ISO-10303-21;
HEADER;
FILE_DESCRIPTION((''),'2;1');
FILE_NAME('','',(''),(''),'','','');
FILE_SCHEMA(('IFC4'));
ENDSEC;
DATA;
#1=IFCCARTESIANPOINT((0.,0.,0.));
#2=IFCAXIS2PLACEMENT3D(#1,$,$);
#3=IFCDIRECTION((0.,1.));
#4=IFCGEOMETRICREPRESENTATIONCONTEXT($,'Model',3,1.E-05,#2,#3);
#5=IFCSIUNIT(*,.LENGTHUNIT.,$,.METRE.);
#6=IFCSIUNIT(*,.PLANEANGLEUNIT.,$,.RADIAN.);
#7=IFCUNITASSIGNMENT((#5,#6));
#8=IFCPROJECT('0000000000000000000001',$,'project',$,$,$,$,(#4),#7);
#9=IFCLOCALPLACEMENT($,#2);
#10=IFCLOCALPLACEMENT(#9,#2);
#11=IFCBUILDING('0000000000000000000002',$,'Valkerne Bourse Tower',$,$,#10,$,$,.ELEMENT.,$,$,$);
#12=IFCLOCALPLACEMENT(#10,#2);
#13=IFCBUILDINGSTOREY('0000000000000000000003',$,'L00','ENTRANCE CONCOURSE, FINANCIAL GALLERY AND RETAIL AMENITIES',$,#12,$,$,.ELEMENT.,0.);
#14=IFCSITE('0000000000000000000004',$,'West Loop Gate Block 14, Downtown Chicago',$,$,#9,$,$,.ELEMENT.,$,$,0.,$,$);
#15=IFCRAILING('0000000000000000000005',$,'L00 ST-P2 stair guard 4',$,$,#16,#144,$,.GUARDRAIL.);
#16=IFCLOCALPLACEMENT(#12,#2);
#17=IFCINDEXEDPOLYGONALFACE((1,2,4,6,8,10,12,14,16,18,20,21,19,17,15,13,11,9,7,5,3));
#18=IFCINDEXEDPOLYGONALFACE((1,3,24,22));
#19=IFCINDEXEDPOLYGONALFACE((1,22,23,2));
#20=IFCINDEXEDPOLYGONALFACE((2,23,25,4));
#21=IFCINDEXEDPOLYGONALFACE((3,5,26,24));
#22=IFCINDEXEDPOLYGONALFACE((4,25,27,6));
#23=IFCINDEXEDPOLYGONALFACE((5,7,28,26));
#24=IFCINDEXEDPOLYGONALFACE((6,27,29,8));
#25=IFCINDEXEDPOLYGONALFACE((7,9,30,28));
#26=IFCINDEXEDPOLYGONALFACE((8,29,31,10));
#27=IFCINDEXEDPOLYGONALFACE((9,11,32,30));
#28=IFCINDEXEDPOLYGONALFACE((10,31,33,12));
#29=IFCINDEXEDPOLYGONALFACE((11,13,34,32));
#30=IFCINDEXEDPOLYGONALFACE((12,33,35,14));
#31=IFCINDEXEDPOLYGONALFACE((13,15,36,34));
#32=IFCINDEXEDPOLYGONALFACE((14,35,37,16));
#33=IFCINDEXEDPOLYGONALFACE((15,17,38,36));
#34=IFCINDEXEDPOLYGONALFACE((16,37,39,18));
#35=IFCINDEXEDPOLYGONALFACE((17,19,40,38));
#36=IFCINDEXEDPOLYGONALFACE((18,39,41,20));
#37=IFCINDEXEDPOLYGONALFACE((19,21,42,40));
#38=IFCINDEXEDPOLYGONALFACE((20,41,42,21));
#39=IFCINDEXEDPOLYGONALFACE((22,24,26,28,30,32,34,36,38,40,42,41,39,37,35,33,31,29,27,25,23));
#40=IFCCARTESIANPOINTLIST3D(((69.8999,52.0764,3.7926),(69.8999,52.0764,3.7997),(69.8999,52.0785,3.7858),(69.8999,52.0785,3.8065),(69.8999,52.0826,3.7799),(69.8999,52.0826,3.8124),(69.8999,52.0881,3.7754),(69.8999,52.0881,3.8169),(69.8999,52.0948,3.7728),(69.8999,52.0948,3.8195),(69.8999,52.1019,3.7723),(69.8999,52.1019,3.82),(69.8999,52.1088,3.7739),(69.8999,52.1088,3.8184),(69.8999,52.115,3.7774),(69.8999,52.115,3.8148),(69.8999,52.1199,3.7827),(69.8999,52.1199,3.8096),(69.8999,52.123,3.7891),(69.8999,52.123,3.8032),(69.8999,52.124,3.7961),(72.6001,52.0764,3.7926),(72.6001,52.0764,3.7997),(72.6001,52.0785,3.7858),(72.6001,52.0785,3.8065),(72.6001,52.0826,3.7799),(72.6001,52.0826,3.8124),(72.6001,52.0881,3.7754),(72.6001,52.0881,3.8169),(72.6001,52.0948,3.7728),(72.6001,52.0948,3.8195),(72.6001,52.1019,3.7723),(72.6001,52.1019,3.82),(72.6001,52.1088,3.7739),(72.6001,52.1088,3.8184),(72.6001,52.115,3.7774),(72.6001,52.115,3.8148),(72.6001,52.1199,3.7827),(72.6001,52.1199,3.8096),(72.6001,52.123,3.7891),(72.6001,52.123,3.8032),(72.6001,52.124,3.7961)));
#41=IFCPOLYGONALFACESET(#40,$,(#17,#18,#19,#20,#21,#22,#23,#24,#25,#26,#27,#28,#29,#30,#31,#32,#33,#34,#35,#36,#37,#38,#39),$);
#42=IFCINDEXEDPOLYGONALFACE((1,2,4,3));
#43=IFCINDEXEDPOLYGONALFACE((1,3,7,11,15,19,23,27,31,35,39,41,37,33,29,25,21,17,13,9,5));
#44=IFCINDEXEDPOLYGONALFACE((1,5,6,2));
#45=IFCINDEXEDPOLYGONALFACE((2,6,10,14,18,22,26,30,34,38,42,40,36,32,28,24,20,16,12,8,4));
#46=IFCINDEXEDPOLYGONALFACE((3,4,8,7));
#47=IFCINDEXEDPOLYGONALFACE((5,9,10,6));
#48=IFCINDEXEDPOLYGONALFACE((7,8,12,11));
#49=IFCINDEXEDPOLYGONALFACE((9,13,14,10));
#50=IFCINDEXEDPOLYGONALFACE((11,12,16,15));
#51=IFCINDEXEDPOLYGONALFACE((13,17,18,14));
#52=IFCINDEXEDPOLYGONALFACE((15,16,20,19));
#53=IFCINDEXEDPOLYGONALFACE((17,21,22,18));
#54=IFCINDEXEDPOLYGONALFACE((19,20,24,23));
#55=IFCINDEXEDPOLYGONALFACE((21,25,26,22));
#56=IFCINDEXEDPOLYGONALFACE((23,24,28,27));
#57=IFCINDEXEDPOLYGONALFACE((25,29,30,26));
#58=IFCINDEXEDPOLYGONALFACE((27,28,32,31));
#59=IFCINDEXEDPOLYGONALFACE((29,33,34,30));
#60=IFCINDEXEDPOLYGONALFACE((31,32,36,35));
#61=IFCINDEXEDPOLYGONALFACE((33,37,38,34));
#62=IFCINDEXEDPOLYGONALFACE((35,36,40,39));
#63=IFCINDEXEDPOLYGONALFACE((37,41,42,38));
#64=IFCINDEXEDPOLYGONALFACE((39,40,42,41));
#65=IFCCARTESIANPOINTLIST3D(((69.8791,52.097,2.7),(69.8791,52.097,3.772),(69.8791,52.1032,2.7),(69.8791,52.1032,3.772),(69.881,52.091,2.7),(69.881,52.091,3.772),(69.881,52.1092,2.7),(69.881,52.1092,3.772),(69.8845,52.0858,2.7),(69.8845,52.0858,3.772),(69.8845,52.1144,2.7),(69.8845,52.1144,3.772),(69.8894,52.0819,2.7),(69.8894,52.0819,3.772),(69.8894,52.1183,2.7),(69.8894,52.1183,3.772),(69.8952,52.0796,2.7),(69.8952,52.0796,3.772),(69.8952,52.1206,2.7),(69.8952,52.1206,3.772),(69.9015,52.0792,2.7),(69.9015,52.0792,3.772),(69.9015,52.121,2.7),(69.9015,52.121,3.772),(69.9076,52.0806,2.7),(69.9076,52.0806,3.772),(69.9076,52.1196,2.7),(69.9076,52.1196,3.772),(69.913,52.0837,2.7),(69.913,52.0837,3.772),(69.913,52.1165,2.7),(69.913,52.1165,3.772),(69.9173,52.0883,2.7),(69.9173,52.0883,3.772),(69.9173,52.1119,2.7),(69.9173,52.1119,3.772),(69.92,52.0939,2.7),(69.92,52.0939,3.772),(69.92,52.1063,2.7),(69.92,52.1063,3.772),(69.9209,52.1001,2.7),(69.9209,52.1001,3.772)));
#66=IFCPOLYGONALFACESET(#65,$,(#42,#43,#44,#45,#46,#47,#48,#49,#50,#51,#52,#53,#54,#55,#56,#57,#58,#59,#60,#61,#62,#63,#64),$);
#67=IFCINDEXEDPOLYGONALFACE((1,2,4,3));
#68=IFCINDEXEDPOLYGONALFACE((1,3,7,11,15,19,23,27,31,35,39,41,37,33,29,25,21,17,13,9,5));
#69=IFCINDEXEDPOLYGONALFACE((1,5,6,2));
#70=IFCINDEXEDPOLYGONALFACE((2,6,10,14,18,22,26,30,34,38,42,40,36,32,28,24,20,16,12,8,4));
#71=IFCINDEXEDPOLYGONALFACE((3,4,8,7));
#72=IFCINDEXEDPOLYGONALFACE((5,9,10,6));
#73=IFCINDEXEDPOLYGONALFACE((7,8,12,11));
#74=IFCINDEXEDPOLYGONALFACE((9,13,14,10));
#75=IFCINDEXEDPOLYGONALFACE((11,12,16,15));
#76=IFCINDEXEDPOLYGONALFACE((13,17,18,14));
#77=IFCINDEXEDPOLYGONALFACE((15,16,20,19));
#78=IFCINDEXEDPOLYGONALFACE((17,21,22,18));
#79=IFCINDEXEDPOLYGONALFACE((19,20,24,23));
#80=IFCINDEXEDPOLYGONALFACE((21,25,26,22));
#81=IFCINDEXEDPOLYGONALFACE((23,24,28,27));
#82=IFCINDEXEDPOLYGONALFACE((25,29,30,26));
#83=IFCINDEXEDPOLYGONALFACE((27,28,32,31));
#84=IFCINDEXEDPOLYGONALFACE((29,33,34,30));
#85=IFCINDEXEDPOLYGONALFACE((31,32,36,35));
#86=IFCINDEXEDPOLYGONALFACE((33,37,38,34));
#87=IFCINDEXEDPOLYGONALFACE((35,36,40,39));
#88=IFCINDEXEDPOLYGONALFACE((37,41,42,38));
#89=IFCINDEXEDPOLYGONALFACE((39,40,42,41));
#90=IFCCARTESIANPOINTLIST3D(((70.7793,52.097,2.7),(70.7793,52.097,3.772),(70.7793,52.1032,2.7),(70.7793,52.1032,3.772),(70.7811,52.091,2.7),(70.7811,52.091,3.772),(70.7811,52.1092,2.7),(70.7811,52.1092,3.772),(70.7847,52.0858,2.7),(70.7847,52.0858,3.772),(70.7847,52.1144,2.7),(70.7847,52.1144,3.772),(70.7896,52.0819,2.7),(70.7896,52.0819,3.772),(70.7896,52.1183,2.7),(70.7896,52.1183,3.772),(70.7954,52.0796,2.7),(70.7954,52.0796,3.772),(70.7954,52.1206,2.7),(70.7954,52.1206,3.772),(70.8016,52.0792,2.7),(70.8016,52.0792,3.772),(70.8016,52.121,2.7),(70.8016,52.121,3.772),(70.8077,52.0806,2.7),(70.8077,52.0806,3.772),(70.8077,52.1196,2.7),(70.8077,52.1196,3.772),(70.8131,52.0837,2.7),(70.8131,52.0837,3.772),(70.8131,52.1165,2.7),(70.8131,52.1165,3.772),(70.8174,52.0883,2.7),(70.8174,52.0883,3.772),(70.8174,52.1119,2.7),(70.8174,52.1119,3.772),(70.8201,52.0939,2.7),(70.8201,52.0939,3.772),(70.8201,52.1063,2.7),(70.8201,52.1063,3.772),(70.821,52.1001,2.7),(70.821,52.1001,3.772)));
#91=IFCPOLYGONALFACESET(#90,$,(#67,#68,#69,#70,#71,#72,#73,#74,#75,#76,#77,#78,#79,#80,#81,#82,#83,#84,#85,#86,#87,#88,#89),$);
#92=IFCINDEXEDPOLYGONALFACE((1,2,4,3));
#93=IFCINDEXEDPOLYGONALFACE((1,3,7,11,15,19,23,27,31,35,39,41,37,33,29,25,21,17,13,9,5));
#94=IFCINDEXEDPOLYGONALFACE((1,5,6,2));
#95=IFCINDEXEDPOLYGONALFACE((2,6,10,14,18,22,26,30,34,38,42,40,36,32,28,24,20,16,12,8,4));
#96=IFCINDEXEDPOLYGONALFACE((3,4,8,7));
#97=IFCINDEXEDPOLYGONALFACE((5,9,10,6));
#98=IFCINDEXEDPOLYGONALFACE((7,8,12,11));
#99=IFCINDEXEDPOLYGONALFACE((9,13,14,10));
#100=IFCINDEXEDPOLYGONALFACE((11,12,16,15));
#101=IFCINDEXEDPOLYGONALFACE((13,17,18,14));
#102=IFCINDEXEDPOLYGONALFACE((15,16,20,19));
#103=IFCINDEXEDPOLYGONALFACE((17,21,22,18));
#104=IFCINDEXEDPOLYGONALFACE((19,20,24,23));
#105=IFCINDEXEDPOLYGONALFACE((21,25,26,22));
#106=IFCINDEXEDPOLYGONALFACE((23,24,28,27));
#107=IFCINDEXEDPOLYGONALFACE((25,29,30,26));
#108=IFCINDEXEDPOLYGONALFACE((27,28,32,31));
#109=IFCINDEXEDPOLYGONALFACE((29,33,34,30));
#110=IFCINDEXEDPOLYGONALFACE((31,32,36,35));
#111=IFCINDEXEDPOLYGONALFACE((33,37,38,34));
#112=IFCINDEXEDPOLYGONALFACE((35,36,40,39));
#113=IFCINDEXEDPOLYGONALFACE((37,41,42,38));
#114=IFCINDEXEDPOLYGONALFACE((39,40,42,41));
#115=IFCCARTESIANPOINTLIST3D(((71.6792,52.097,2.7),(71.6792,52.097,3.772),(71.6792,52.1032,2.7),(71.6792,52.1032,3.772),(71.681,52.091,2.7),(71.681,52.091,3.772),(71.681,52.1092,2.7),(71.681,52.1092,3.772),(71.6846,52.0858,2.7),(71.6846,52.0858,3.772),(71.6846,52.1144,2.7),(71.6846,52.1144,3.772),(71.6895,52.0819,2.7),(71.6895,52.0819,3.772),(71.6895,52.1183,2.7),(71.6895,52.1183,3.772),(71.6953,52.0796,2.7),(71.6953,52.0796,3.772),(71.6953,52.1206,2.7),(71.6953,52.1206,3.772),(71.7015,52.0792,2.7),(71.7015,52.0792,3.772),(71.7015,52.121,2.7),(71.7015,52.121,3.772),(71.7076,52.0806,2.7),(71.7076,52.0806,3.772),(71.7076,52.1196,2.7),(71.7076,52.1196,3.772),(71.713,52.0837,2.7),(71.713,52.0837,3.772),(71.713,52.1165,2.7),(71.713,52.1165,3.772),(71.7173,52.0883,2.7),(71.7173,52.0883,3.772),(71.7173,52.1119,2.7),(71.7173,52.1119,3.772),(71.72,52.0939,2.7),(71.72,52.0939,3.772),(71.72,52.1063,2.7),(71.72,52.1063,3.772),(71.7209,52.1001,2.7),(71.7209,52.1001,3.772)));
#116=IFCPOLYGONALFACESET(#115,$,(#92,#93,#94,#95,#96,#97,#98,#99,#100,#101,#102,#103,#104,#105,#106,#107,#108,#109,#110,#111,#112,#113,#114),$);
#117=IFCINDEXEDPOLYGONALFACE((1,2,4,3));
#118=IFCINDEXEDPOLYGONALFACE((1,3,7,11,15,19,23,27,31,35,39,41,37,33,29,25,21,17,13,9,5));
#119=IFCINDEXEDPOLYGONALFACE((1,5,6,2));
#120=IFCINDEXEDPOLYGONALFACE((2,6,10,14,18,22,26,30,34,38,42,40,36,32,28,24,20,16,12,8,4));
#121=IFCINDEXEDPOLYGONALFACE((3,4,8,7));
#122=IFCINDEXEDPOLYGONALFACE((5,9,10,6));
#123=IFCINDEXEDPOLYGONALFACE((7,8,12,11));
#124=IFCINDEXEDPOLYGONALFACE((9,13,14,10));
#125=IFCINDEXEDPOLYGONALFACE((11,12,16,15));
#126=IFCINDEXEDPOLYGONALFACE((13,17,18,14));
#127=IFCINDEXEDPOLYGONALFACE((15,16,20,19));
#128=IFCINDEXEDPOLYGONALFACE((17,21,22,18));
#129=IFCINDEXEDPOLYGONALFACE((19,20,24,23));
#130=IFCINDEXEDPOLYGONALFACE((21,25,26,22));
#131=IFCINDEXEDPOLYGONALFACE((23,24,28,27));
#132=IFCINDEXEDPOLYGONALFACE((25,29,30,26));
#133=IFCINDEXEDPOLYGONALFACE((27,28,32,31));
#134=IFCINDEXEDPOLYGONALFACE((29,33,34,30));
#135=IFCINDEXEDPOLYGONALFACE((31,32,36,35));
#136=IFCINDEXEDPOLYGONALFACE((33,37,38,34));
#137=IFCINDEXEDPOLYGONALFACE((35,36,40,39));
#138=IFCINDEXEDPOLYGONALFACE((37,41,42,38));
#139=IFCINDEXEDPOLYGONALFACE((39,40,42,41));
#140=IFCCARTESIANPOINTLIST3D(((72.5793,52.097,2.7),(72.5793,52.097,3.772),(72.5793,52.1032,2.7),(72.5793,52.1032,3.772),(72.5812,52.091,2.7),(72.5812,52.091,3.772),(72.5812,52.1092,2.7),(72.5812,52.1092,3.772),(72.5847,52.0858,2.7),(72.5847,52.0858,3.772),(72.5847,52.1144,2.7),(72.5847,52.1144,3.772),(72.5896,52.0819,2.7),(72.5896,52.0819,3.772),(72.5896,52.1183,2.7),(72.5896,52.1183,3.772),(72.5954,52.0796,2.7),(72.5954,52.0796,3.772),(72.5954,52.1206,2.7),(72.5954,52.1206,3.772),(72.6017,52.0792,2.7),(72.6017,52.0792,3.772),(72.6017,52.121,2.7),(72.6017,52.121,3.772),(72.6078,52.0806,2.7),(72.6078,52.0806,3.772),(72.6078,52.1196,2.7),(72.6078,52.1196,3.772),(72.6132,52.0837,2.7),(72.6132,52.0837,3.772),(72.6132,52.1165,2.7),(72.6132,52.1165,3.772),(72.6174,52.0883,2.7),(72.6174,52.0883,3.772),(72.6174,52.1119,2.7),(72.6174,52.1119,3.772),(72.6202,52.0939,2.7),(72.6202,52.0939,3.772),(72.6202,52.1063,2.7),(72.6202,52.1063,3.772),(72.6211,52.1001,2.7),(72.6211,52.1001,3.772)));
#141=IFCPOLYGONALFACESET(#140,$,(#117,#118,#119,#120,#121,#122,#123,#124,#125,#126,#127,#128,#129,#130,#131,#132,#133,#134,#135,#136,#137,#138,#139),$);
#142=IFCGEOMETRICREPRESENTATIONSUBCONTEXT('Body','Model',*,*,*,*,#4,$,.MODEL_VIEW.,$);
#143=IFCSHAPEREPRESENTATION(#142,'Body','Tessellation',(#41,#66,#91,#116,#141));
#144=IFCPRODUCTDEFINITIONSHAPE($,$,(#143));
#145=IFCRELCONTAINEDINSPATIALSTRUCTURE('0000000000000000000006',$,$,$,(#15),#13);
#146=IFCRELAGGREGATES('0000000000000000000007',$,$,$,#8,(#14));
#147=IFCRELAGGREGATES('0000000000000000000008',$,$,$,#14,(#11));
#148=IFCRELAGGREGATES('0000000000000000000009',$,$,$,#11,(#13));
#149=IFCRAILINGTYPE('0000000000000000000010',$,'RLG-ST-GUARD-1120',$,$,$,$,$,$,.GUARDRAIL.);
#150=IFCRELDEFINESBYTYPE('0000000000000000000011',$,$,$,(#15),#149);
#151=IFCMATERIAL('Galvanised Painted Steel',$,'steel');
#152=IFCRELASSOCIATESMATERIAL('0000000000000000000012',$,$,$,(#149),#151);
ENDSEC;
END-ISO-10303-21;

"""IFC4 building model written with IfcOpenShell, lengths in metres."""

from ifc_helpers import new_model, si_unit, direction, frame, origin, origin_2d, place, context, subcontext, project, spatial, circle, extrude, material, type_object, element, save


model = new_model("IFC4")

# Units and contexts
model_context = context("Model", 3, precision=1e-05, world=origin(), true_north=direction((0.0, 1.0)))
body_context = subcontext(model_context, "Body", "Model", "MODEL_VIEW")
ifc_project = project(units=[si_unit("LENGTHUNIT", "METRE"), si_unit("PLANEANGLEUNIT", "RADIAN")], contexts=[model_context])

# Site, building, storey
site_placement = place(None, origin())
site = spatial("IfcSite", under=ifc_project, at=site_placement, Name="West Loop Gate Block 14, Downtown Chicago", CompositionType="ELEMENT", RefElevation=0.0)
building_placement = place(site_placement, origin())
building = spatial("IfcBuilding", under=site, at=building_placement, Name="Valkerne Bourse Tower", CompositionType="ELEMENT")
storey_placement = place(building_placement, origin())
storey = spatial("IfcBuildingStorey", under=building, at=storey_placement, Name="L00", Description="ENTRANCE CONCOURSE, FINANCIAL GALLERY AND RETAIL AMENITIES", CompositionType="ELEMENT", Elevation=0.0)

# Shared definitions
ifc_material_1 = material(Name="Galvanised Painted Steel", Category="steel")

# Railing
railing_type_1 = type_object("IfcRailingType", Name="RLG-ST-GUARD-1120", PredefinedType="GUARDRAIL", material=ifc_material_1)
for number, where, name in (
    (1, (69.8999, 52.1001, 2.7), "L00 ST-P2 stair guard 4"),
):
    element("IfcRailing", number, at=place(storey_placement, frame(where)), inside=storey, type_object=railing_type_1, Name=name, PredefinedType="GUARDRAIL", context=body_context, shape_type="SweptSolid", body=[
        extrude(circle(Radius=0.0239, at=origin_2d()), frame((0.0, 0.0, 1.0962), z_axis=(1.0, 0.0, 0.0), x_axis=(0.0, 1.0, 0.0)), (0.0, 0.0, 1.0), 2.7002),
        extrude(circle(Radius=0.021, at=origin_2d()), origin(), (0.0, 0.0, 1.0), 1.072),
        extrude(circle(Radius=0.021, at=origin_2d()), frame((0.9001, 0.0, 0.0)), (0.0, 0.0, 1.0), 1.072),
        extrude(circle(Radius=0.021, at=origin_2d()), frame((1.8, 0.0, 0.0)), (0.0, 0.0, 1.0), 1.072),
        extrude(circle(Radius=0.021, at=origin_2d()), frame((2.7002, 0.0, 0.0)), (0.0, 0.0, 1.0), 1.072),
    ])

save(model, "model.ifc")
